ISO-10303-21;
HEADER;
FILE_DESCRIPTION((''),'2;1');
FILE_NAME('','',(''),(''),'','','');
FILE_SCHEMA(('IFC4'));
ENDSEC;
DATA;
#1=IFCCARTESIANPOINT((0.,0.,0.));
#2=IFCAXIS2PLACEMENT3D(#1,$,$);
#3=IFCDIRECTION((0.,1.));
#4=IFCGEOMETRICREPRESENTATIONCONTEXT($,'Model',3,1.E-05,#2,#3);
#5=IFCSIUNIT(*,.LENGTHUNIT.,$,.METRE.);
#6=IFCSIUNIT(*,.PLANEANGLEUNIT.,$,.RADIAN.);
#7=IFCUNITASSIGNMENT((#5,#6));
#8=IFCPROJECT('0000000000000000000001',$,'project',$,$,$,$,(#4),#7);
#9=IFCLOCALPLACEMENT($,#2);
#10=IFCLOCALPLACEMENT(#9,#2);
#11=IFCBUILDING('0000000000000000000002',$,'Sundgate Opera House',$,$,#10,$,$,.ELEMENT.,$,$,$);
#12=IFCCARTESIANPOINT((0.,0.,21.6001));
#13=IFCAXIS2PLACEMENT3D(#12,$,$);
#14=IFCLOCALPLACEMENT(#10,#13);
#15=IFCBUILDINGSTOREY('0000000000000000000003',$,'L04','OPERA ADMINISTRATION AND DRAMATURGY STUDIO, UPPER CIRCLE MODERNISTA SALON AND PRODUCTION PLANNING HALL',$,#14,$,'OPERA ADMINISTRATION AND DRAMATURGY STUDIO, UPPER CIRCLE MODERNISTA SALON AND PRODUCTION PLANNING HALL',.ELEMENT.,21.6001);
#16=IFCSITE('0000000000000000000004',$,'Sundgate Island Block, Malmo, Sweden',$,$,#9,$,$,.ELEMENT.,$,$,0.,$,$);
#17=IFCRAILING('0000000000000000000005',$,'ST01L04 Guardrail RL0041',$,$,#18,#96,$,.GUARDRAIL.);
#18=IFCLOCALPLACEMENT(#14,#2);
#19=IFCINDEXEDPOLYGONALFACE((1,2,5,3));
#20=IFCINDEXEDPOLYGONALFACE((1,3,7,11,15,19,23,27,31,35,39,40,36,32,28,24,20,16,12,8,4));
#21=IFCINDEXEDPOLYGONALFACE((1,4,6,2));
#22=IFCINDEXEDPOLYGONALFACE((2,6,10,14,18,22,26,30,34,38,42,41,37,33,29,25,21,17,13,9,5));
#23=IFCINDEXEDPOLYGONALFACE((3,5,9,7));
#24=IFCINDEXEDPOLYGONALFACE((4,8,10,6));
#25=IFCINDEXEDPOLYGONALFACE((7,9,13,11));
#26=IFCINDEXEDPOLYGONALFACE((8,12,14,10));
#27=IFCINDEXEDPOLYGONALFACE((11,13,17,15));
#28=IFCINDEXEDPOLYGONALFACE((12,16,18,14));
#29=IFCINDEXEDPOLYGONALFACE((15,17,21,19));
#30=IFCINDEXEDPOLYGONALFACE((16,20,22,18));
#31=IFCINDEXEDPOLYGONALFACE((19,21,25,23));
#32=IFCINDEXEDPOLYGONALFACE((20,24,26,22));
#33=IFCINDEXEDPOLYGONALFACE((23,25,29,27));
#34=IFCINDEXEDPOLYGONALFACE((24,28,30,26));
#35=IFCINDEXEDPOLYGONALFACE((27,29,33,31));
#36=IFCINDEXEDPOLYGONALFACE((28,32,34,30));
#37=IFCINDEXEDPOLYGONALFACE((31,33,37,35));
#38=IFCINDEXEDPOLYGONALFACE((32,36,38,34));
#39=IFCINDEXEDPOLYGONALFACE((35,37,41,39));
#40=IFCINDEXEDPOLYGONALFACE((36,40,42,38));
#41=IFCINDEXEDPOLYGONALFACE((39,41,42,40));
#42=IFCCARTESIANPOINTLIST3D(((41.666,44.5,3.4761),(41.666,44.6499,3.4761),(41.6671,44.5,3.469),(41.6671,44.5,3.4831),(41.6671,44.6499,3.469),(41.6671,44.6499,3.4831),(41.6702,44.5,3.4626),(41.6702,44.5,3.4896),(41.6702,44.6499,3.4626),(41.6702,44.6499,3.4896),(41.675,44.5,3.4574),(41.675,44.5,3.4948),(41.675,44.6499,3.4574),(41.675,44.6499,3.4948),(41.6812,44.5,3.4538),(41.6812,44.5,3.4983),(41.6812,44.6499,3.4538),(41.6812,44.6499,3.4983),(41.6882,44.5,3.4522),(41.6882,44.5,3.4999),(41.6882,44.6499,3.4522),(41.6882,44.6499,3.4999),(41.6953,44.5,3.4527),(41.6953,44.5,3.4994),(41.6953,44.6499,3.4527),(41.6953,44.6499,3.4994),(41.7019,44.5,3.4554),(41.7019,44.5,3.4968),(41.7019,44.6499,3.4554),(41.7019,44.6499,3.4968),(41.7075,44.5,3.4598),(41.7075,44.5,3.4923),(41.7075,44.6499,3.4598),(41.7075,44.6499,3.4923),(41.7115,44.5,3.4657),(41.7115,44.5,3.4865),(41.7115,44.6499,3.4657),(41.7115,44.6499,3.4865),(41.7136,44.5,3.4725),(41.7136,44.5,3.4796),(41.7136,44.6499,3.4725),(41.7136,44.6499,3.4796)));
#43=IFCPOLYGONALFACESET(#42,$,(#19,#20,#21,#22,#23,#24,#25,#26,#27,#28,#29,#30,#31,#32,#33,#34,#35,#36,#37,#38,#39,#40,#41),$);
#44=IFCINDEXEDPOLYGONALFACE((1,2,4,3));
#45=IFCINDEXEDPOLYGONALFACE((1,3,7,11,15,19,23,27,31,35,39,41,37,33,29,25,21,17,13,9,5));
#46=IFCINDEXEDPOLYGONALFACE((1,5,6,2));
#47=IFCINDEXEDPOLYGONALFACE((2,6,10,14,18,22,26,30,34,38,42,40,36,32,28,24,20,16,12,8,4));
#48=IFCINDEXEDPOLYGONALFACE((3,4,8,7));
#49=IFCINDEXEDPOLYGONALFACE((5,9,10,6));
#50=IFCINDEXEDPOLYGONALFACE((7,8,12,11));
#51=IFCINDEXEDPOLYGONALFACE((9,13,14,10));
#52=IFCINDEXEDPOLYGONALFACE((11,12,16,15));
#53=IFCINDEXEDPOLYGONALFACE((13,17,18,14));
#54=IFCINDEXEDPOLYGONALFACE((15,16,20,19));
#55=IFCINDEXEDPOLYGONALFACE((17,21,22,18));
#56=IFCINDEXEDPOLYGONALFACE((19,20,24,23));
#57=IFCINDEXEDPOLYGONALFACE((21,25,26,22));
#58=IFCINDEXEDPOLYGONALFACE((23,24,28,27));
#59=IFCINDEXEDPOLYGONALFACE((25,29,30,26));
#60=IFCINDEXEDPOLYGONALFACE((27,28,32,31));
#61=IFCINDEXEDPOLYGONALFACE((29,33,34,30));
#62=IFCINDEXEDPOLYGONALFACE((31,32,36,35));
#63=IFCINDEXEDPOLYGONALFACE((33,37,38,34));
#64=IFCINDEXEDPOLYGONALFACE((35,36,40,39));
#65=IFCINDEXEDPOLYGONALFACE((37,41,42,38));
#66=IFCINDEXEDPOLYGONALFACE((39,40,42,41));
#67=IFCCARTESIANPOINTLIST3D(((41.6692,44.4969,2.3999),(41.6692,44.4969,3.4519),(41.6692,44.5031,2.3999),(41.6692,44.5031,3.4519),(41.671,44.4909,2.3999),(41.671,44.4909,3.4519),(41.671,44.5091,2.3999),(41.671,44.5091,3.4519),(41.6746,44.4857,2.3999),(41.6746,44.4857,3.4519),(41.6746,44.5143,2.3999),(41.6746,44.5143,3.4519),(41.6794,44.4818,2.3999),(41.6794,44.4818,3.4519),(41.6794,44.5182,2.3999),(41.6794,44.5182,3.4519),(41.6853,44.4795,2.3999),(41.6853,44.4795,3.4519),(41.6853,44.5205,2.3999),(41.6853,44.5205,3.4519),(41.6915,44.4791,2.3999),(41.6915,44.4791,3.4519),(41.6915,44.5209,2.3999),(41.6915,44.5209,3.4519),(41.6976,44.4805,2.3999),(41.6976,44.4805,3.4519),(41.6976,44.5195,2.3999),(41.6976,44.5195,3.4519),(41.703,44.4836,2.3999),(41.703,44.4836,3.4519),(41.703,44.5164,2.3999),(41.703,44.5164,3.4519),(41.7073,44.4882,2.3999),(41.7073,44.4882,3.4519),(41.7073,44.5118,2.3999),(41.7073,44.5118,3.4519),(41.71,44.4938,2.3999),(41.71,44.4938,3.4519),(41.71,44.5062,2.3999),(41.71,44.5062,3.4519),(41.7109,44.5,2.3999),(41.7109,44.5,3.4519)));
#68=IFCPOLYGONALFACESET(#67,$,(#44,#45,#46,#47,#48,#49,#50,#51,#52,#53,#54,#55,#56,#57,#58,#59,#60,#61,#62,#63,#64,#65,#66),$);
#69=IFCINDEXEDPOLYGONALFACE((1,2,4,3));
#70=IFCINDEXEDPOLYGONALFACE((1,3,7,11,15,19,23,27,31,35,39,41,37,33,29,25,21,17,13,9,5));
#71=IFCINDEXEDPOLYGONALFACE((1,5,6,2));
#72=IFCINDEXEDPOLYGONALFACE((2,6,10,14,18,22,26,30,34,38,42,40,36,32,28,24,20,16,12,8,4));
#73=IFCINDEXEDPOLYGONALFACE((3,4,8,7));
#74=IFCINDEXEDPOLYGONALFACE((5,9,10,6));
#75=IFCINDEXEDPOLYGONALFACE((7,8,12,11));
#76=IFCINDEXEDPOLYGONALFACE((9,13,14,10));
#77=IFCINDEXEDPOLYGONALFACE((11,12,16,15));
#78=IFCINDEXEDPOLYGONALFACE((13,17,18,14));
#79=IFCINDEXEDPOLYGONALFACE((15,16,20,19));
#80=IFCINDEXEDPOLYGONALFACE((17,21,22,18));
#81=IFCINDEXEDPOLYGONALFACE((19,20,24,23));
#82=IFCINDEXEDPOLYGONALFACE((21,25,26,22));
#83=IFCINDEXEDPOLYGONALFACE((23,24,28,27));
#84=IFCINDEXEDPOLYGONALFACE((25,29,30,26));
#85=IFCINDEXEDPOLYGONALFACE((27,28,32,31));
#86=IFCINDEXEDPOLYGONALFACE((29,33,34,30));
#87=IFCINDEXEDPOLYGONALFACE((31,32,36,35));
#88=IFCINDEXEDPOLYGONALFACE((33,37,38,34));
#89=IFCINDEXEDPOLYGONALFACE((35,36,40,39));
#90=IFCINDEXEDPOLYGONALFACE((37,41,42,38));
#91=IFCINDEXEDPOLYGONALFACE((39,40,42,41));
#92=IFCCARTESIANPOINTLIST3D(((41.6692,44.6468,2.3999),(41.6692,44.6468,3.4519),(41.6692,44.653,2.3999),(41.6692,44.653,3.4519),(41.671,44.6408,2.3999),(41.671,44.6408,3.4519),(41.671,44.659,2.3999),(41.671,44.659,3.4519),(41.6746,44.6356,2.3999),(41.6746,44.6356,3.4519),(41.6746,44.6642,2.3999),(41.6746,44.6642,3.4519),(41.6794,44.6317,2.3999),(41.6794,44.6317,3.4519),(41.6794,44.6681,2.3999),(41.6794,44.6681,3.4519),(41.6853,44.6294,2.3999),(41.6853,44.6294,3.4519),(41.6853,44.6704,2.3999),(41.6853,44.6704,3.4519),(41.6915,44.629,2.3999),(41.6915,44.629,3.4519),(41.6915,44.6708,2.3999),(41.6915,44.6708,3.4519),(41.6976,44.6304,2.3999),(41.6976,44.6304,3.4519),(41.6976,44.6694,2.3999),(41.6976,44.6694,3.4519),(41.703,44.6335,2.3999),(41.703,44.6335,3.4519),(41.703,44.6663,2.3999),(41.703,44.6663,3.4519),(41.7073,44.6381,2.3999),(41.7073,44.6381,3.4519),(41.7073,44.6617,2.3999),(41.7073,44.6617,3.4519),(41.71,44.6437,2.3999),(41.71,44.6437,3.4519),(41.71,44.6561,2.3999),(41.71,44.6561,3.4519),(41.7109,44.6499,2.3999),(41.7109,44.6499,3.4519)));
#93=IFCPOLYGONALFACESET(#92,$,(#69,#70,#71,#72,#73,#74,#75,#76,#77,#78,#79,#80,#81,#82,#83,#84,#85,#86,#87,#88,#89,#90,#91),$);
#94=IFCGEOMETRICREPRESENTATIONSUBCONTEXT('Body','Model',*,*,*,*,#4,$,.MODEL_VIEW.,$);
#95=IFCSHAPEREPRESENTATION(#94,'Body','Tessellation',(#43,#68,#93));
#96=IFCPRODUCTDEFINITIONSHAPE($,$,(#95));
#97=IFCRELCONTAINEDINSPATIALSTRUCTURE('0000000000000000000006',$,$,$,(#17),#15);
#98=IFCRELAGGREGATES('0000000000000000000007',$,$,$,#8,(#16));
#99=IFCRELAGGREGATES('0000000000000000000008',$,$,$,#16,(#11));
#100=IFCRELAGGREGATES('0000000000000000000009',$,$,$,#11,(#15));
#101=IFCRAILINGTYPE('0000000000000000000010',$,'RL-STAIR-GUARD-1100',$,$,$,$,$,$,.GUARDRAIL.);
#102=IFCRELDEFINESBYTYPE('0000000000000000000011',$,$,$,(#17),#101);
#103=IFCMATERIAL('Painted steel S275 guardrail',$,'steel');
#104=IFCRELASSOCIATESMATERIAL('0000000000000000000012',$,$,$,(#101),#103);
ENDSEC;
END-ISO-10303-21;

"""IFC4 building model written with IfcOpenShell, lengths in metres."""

from ifc_helpers import new_model, si_unit, direction, frame, origin, origin_2d, place, context, subcontext, project, spatial, circle, extrude, material, type_object, element, save


model = new_model("IFC4")

# Units and contexts
model_context = context("Model", 3, precision=1e-05, world=origin(), true_north=direction((0.0, 1.0)))
body_context = subcontext(model_context, "Body", "Model", "MODEL_VIEW")
ifc_project = project(units=[si_unit("LENGTHUNIT", "METRE"), si_unit("PLANEANGLEUNIT", "RADIAN")], contexts=[model_context])

# Site, building, storey
site_placement = place(None, origin())
site = spatial("IfcSite", under=ifc_project, at=site_placement, Name="Sundgate Island Block, Malmo, Sweden", CompositionType="ELEMENT", RefElevation=0.0)
building_placement = place(site_placement, origin())
building = spatial("IfcBuilding", under=site, at=building_placement, Name="Sundgate Opera House", CompositionType="ELEMENT")
storey_placement = place(building_placement, frame((0.0, 0.0, 21.6001)))
storey = spatial("IfcBuildingStorey", under=building, at=storey_placement, Name="L04", Description="OPERA ADMINISTRATION AND DRAMATURGY STUDIO, UPPER CIRCLE MODERNISTA SALON AND PRODUCTION PLANNING HALL", LongName="OPERA ADMINISTRATION AND DRAMATURGY STUDIO, UPPER CIRCLE MODERNISTA SALON AND PRODUCTION PLANNING HALL", CompositionType="ELEMENT", Elevation=21.6001)

# Railing
ifc_material_1 = material(Name="Painted steel S275 guardrail", Category="steel")
railing_type_1 = type_object("IfcRailingType", Name="RL-STAIR-GUARD-1100", PredefinedType="GUARDRAIL", material=ifc_material_1)
railing_1_placement = place(storey_placement, frame((41.6899, 44.5, 2.3999)))
element("IfcRailing", 1, at=railing_1_placement, inside=storey, type_object=railing_type_1, Name="ST01L04 Guardrail RL0041", PredefinedType="GUARDRAIL", context=body_context, shape_type="SweptSolid", body=[
    extrude(circle(Radius=0.0239, at=origin_2d()), frame((0.0, 0.0, 1.0762), z_axis=(0.0, 1.0, 0.0), x_axis=(-1.0, 0.0, 0.0)), (0.0, 0.0, 1.0), 0.1499),
    extrude(circle(Radius=0.021, at=origin_2d()), origin(), (0.0, 0.0, 1.0), 1.052),
    extrude(circle(Radius=0.021, at=origin_2d()), frame((0.0, 0.1499, 0.0)), (0.0, 0.0, 1.0), 1.052),
])

save(model, "model.ifc")
